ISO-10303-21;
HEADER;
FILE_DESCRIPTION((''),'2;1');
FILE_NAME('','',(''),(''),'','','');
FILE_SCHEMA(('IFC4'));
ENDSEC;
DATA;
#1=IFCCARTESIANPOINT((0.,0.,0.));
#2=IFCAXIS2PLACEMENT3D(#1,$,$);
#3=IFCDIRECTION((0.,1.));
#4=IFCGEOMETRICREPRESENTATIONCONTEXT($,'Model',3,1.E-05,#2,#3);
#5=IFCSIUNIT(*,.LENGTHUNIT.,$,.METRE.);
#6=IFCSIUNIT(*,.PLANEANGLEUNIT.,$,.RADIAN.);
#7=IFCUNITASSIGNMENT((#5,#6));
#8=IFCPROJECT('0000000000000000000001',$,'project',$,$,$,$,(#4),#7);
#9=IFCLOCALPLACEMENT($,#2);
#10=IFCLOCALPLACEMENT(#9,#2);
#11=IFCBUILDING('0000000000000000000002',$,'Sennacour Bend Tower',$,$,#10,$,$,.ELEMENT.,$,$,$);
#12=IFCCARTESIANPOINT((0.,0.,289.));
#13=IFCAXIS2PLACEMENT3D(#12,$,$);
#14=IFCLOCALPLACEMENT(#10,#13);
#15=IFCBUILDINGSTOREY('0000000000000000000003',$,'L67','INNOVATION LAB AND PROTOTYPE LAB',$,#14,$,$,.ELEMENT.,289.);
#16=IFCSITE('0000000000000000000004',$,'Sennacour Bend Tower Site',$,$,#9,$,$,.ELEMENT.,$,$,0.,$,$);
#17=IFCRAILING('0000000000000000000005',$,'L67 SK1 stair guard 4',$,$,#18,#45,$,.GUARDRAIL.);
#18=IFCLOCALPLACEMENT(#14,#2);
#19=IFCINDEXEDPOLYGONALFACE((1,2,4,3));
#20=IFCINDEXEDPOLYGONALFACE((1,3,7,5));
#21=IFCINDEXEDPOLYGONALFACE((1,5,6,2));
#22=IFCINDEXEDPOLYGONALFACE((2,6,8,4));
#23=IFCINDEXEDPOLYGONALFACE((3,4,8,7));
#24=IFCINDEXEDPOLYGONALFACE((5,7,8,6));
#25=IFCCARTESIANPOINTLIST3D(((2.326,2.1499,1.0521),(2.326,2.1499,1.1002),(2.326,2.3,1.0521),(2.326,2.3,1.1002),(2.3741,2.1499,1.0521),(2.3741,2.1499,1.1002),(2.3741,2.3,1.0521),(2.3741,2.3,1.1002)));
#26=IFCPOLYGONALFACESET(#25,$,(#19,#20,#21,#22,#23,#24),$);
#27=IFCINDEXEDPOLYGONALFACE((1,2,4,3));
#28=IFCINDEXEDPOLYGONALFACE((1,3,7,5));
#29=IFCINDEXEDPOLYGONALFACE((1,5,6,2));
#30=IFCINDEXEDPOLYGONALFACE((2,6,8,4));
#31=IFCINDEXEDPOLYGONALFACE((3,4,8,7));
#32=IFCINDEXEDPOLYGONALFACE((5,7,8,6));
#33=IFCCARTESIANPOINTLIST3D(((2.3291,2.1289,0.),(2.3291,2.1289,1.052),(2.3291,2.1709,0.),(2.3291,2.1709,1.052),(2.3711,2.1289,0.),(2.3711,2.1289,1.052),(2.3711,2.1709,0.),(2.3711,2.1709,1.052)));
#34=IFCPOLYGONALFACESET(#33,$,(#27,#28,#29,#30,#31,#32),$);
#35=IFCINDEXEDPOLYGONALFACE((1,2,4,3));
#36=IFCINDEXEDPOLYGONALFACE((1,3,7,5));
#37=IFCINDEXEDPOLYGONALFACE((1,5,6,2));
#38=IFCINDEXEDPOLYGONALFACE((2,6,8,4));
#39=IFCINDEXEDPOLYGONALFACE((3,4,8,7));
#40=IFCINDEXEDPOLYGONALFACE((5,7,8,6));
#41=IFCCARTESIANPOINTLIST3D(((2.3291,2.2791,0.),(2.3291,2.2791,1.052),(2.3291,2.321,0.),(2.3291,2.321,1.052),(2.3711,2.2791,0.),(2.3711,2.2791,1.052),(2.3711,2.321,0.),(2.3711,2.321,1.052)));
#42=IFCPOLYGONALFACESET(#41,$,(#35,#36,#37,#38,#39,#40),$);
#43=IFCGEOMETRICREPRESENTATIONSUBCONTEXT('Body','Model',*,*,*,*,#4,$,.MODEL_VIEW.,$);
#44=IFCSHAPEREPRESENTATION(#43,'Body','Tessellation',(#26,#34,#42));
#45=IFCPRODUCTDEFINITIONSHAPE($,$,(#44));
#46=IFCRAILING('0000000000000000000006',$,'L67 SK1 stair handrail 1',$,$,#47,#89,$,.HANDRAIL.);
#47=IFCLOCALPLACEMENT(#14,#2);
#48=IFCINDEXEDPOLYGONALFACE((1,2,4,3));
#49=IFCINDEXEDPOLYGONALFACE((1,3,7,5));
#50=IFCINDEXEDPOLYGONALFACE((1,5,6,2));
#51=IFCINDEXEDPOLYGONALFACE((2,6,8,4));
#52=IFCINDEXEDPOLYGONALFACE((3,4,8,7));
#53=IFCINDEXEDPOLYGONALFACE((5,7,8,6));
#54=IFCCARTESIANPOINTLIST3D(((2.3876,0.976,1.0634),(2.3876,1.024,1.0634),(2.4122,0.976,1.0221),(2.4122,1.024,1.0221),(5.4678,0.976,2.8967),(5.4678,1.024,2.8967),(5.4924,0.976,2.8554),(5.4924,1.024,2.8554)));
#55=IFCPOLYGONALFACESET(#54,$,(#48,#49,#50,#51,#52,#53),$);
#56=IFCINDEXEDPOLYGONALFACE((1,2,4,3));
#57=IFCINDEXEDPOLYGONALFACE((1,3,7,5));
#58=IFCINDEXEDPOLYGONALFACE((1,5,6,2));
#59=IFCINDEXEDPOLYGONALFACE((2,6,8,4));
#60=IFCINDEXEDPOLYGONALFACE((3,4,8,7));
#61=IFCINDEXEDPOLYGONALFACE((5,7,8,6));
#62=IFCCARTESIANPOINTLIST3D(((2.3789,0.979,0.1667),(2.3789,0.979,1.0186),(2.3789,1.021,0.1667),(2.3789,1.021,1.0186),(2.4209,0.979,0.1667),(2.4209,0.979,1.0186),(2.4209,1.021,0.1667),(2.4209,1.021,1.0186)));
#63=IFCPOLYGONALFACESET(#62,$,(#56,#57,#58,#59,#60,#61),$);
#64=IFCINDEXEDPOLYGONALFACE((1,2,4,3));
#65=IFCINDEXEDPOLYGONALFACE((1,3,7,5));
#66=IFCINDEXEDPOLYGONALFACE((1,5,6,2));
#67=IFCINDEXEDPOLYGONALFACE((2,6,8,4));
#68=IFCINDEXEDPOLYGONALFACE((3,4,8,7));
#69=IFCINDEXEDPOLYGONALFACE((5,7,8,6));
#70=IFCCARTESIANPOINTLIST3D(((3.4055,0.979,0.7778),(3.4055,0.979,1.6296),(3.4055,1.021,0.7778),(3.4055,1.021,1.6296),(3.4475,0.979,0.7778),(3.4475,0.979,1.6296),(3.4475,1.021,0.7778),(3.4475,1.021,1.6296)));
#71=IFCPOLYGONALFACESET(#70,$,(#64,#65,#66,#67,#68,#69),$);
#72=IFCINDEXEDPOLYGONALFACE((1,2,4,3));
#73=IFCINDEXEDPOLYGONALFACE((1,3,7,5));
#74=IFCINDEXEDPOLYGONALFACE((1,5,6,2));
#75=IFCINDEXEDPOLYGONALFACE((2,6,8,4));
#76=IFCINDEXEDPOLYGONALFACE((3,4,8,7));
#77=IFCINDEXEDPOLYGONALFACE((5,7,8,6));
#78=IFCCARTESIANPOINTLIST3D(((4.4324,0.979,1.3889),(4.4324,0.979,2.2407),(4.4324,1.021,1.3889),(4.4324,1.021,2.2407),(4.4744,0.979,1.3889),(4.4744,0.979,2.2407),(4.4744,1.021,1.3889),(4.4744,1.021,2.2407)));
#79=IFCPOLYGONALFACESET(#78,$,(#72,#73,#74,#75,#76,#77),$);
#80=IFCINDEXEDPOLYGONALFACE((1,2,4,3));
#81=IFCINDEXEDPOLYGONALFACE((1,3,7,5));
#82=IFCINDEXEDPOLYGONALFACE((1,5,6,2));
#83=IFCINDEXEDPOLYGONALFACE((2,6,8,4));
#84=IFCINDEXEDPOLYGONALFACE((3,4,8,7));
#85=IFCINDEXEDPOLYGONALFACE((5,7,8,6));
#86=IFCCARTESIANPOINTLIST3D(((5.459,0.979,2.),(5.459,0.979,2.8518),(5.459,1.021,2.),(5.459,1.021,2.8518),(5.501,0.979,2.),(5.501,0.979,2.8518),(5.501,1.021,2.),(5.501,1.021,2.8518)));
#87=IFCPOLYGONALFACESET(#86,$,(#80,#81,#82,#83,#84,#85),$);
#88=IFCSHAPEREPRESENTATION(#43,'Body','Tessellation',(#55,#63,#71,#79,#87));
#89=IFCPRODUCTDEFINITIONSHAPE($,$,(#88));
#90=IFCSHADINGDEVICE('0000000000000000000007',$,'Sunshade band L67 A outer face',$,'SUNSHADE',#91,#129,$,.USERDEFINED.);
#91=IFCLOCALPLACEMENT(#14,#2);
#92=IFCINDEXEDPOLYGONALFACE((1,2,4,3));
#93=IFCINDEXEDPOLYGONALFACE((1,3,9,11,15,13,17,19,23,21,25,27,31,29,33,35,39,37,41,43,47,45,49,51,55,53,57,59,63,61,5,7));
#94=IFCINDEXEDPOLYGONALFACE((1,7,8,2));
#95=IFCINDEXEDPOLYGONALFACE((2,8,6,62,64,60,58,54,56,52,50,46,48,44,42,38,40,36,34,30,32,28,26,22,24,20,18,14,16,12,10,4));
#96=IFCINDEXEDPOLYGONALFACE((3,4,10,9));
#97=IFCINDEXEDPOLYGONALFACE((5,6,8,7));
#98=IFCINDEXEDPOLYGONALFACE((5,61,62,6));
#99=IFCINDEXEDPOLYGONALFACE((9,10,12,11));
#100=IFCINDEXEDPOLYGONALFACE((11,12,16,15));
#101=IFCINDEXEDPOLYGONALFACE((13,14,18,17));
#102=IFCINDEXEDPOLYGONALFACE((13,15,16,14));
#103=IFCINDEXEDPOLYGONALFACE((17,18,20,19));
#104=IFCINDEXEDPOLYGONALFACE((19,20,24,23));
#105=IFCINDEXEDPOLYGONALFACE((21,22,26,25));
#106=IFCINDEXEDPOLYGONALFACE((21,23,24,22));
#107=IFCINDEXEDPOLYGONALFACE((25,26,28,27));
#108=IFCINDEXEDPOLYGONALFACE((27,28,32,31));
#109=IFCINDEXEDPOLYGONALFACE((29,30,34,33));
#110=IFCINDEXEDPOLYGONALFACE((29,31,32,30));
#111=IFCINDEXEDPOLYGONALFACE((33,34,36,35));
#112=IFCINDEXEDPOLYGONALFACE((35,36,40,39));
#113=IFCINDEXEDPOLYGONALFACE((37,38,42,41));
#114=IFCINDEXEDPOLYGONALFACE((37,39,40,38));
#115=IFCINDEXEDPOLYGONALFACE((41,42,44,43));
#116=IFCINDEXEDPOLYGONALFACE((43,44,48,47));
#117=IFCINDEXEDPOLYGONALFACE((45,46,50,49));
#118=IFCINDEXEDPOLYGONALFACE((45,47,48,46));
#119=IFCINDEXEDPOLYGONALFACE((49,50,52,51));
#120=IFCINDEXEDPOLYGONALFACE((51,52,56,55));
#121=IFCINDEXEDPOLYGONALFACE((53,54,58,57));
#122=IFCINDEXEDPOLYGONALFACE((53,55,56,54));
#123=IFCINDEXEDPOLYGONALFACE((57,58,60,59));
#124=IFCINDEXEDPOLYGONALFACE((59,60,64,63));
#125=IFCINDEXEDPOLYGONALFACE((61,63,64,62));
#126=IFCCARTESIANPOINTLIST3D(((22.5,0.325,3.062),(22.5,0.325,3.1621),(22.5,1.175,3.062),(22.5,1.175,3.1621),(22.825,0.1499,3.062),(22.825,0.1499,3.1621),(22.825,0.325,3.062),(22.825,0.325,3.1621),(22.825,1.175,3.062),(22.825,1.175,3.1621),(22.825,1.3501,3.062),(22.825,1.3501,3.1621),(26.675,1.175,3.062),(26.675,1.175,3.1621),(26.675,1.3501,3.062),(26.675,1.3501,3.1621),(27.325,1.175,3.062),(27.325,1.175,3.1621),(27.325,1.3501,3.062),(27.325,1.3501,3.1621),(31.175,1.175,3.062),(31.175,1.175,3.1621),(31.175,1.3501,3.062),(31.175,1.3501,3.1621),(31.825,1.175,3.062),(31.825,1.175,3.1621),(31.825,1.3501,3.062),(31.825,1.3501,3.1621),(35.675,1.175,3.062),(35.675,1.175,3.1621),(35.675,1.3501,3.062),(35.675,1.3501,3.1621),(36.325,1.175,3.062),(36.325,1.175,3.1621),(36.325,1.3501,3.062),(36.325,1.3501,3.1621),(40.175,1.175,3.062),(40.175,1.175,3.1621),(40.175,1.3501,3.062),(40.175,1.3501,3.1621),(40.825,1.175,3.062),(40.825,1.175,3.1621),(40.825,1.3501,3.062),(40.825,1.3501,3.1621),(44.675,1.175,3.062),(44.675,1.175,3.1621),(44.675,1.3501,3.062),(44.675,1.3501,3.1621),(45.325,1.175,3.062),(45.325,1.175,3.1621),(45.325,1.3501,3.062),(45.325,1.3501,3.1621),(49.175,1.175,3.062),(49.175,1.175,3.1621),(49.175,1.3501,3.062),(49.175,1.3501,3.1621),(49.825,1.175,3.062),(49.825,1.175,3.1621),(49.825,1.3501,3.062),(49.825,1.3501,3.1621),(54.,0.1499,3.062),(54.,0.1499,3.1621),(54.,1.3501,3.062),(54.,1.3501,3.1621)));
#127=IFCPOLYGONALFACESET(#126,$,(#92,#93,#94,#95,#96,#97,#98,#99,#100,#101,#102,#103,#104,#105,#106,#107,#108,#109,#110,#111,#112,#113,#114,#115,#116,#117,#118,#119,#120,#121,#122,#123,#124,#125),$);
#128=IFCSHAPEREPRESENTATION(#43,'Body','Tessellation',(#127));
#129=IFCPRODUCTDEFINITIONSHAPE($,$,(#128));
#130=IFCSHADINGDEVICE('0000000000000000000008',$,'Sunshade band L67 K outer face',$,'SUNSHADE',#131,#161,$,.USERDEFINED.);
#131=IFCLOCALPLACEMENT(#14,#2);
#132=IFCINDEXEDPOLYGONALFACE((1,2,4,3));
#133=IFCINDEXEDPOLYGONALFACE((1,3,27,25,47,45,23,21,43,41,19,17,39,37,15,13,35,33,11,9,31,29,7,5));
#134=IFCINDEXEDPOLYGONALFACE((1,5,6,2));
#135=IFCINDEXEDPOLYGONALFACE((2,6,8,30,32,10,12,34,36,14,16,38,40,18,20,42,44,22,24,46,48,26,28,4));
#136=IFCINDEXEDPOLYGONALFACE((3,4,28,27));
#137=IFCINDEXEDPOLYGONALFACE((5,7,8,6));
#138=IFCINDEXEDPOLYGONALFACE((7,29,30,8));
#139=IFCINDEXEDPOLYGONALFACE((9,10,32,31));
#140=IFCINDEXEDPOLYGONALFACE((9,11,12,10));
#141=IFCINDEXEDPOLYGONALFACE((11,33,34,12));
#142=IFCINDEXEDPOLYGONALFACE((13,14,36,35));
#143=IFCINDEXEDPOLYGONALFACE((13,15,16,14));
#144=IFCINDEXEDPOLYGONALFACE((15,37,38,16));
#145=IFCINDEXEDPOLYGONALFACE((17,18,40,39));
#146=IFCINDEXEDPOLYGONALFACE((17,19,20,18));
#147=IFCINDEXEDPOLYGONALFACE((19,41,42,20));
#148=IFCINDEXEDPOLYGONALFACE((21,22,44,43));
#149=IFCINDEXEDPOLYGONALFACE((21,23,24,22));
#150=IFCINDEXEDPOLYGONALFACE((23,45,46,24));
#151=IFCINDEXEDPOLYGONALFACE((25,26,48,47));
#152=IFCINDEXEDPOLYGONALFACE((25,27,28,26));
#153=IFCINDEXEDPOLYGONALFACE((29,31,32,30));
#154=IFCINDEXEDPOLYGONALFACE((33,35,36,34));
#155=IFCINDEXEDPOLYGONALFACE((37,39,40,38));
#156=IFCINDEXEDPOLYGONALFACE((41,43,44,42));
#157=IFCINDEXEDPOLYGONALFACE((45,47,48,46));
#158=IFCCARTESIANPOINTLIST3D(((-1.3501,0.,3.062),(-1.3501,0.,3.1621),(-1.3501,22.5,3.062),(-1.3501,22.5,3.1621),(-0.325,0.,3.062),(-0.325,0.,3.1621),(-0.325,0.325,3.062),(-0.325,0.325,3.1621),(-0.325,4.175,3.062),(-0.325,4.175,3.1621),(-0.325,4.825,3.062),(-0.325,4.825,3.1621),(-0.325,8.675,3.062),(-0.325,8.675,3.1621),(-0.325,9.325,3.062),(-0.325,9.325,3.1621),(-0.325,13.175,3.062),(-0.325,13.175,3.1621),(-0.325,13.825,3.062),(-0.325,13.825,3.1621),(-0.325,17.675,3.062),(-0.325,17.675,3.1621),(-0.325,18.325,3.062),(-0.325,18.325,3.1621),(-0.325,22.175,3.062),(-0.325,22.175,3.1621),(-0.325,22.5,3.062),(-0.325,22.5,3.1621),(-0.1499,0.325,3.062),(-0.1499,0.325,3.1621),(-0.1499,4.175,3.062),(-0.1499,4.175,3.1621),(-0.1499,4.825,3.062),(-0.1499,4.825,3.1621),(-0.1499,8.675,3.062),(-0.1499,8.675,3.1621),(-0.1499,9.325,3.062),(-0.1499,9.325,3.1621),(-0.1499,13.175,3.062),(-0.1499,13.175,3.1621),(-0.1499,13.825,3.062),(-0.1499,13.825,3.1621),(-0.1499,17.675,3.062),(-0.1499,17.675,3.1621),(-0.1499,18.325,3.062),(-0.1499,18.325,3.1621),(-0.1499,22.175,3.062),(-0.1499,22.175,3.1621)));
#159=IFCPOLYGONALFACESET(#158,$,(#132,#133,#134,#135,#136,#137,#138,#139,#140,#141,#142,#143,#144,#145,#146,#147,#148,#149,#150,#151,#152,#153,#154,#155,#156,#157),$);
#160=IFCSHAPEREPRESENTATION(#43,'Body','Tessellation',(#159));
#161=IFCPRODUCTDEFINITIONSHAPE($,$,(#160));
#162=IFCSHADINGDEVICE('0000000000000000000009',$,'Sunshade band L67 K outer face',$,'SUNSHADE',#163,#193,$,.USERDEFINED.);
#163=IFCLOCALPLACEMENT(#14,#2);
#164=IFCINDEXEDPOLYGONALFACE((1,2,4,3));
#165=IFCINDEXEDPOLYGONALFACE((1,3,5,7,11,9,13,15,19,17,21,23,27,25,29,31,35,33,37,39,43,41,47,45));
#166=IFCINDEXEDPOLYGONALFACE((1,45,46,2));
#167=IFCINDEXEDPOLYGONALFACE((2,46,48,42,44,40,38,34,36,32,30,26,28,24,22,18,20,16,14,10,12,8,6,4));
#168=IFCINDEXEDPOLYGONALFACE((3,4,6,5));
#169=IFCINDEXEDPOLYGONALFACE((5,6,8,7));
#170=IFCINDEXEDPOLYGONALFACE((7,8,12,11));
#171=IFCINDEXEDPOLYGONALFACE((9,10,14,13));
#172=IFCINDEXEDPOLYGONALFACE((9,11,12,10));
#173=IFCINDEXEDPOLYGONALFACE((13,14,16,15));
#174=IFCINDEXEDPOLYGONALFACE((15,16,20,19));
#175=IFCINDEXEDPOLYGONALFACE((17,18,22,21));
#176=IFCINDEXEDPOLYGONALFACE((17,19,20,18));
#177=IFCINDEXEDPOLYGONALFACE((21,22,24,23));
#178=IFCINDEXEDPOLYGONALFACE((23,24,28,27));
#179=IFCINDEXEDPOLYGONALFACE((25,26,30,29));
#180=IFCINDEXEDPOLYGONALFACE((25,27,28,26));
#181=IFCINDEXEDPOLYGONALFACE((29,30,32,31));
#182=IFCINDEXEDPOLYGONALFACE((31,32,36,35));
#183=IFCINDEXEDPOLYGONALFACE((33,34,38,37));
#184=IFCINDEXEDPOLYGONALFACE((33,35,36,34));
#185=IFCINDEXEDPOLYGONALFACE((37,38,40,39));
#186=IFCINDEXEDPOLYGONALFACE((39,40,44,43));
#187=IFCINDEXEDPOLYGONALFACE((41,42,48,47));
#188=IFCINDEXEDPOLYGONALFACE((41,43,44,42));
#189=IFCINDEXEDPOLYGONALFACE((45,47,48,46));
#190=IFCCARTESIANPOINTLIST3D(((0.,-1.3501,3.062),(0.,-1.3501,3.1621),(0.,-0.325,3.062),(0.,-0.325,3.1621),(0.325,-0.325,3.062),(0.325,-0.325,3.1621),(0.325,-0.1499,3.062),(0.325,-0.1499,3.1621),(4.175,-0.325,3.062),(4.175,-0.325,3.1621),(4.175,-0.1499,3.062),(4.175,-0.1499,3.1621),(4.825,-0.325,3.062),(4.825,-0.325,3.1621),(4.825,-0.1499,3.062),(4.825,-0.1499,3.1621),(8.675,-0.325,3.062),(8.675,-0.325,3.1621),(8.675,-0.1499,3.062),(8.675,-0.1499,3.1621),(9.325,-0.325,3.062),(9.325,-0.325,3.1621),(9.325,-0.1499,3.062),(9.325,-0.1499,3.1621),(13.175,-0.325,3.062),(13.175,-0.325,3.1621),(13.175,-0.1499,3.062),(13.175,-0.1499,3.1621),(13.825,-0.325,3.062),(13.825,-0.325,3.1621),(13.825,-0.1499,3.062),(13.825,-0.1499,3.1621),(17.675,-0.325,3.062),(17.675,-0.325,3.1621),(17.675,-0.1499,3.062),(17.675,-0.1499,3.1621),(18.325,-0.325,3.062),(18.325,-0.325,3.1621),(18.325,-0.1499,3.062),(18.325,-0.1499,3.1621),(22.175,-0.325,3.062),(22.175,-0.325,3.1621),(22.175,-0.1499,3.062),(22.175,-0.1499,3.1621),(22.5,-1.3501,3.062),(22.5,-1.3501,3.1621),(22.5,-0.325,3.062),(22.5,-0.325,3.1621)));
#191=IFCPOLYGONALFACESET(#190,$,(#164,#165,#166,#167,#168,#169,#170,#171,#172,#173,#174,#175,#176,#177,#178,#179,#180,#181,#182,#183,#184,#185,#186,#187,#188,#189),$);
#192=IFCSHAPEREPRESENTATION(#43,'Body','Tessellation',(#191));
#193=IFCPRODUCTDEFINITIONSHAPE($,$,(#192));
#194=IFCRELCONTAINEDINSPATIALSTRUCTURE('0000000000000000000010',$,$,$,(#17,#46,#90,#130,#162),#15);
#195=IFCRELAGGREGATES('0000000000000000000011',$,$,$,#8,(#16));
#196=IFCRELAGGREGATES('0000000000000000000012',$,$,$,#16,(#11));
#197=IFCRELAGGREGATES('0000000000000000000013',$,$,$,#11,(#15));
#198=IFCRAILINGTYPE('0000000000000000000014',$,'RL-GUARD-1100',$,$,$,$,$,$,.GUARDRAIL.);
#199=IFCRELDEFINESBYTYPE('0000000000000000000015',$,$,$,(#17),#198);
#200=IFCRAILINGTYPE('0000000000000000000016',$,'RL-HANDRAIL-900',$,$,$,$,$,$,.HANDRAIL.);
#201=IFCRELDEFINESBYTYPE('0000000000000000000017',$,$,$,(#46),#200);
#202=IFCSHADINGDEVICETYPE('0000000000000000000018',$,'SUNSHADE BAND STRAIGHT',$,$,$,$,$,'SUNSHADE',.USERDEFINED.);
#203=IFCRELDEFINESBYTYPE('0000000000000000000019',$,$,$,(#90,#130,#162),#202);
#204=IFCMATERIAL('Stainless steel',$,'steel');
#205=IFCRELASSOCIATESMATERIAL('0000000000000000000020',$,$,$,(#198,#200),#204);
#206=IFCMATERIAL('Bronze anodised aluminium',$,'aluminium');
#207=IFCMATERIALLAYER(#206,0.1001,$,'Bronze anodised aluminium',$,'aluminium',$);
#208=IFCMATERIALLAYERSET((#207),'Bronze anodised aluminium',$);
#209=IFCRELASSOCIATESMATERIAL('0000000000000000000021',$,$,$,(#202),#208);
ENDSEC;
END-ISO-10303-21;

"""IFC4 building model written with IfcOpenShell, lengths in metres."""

from ifc_helpers import new_model, si_unit, direction, frame, origin, origin_2d, place, context, subcontext, project, spatial, polyline, rectangle, outline, extrude, material, layer, layer_set, type_object, element, save


model = new_model("IFC4")

# Units and contexts
model_context = context("Model", 3, precision=1e-05, world=origin(), true_north=direction((0.0, 1.0)))
body_context = subcontext(model_context, "Body", "Model", "MODEL_VIEW")
ifc_project = project(units=[si_unit("LENGTHUNIT", "METRE"), si_unit("PLANEANGLEUNIT", "RADIAN")], contexts=[model_context])

# Site, building, storey
site_placement = place(None, origin())
site = spatial("IfcSite", under=ifc_project, at=site_placement, Name="Sennacour Bend Tower Site", CompositionType="ELEMENT", RefElevation=0.0)
building_placement = place(site_placement, origin())
building = spatial("IfcBuilding", under=site, at=building_placement, Name="Sennacour Bend Tower", CompositionType="ELEMENT")
storey_placement = place(building_placement, frame((0.0, 0.0, 289.0)))
storey = spatial("IfcBuildingStorey", under=building, at=storey_placement, Name="L67", Description="INNOVATION LAB AND PROTOTYPE LAB", CompositionType="ELEMENT", Elevation=289.0)

# Railings
ifc_material_1 = material(Name="Stainless steel", Category="steel")
railing_type_1 = type_object("IfcRailingType", Name="RL-GUARD-1100", PredefinedType="GUARDRAIL", material=ifc_material_1)
railing_1_placement = place(storey_placement, frame((2.3501, 2.1499, 0.0)))
element("IfcRailing", 1, at=railing_1_placement, inside=storey, type_object=railing_type_1, Name="L67 SK1 stair guard 4", PredefinedType="GUARDRAIL", context=body_context, shape_type="SweptSolid", body=[
    extrude(rectangle(XDim=0.0481, YDim=0.0481, at=origin_2d()), frame((0.0, 0.0, 1.0762), z_axis=(0.0, 1.0, 0.0), x_axis=(-1.0, 0.0, 0.0)), (0.0, 0.0, 1.0), 0.1501),
    extrude(rectangle(XDim=0.042, YDim=0.042, at=origin_2d()), origin(), (0.0, 0.0, 1.0), 1.052),
    extrude(rectangle(XDim=0.042, YDim=0.042, at=origin_2d()), frame((0.0, 0.1501, 0.0)), (0.0, 0.0, 1.0), 1.052),
])
railing_type_2 = type_object("IfcRailingType", Name="RL-HANDRAIL-900", PredefinedType="HANDRAIL", material=ifc_material_1)
railing_2_placement = place(storey_placement, frame((2.3999, 1.0, 0.1667)))
element("IfcRailing", 2, at=railing_2_placement, inside=storey, type_object=railing_type_2, Name="L67 SK1 stair handrail 1", PredefinedType="HANDRAIL", context=body_context, shape_type="SweptSolid", body=[
    extrude(rectangle(XDim=0.0481, YDim=0.0481, at=origin_2d()), frame((0.0, 0.0, 0.876), z_axis=(0.859309, 0.0, 0.511458), x_axis=(0.0, 1.0, 0.0)), (0.0, 0.0, 1.0), 3.5845),
    extrude(rectangle(XDim=0.042, YDim=0.042, at=origin_2d()), origin(), (0.0, 0.0, 1.0), 0.8518),
    extrude(rectangle(XDim=0.042, YDim=0.042, at=origin_2d()), frame((1.0266, 0.0, 0.6111)), (0.0, 0.0, 1.0), 0.8518),
    extrude(rectangle(XDim=0.042, YDim=0.042, at=origin_2d()), frame((2.0535, 0.0, 1.2222)), (0.0, 0.0, 1.0), 0.8518),
    extrude(rectangle(XDim=0.042, YDim=0.042, at=origin_2d()), frame((3.0801, 0.0, 1.8333)), (0.0, 0.0, 1.0), 0.8518),
])

# Shading devices
ifc_material_2 = material(Name="Bronze anodised aluminium", Category="aluminium")
ifc_layer_1 = layer(ifc_material_2, 0.1001, Name="Bronze anodised aluminium", Category="aluminium")
ifc_layer_set_1 = layer_set([ifc_layer_1], Name="Bronze anodised aluminium")
shading_device_type_1 = type_object("IfcShadingDeviceType", Name="SUNSHADE BAND STRAIGHT", ElementType="SUNSHADE", PredefinedType="USERDEFINED", material=ifc_layer_set_1)
shading_device_1_placement = place(storey_placement, frame((0.0, 0.0, 3.062)))
element("IfcShadingDevice", 3, at=shading_device_1_placement, inside=storey, type_object=shading_device_type_1, Name="Sunshade band L67 A outer face", ObjectType="SUNSHADE", PredefinedType="USERDEFINED", context=body_context, shape_type="SweptSolid", body=[
    extrude(outline(polyline([(26.675, 1.3501), (26.675, 1.175), (27.325, 1.175), (27.325, 1.3501), (31.175, 1.3501), (31.175, 1.175), (31.825, 1.175), (31.825, 1.3501), (35.675, 1.3501), (35.675, 1.175), (36.325, 1.175), (36.325, 1.3501), (40.175, 1.3501), (40.175, 1.175), (40.825, 1.175), (40.825, 1.3501), (44.675, 1.3501), (44.675, 1.175), (45.325, 1.175), (45.325, 1.3501), (49.175, 1.3501), (49.175, 1.175), (49.825, 1.175), (49.825, 1.3501), (54.0, 1.3501), (54.0, 0.1499), (22.825, 0.1499), (22.825, 0.325), (22.5, 0.325), (22.5, 1.175), (22.825, 1.175), (22.825, 1.3501), (26.675, 1.3501)])), origin(), (0.0, 0.0, 1.0), 0.1001),
])
shading_device_2_placement = place(storey_placement, frame((0.0, 0.0, 3.062)))
element("IfcShadingDevice", 4, at=shading_device_2_placement, inside=storey, type_object=shading_device_type_1, Name="Sunshade band L67 K outer face", ObjectType="SUNSHADE", PredefinedType="USERDEFINED", context=body_context, shape_type="SweptSolid", body=[
    extrude(outline(polyline([(-0.1499, 18.325), (-0.325, 18.325), (-0.325, 17.675), (-0.1499, 17.675), (-0.1499, 13.825), (-0.325, 13.825), (-0.325, 13.175), (-0.1499, 13.175), (-0.1499, 9.325), (-0.325, 9.325), (-0.325, 8.675), (-0.1499, 8.675), (-0.1499, 4.825), (-0.325, 4.825), (-0.325, 4.175), (-0.1499, 4.175), (-0.1499, 0.325), (-0.325, 0.325), (-0.325, 0.0), (-1.3501, 0.0), (-1.3501, 22.5), (-0.325, 22.5), (-0.325, 22.175), (-0.1499, 22.175), (-0.1499, 18.325)])), origin(), (0.0, 0.0, 1.0), 0.1001),
])
shading_device_3_placement = place(storey_placement, frame((0.0, 0.0, 3.062)))
element("IfcShadingDevice", 5, at=shading_device_3_placement, inside=storey, type_object=shading_device_type_1, Name="Sunshade band L67 K outer face", ObjectType="SUNSHADE", PredefinedType="USERDEFINED", context=body_context, shape_type="SweptSolid", body=[
    extrude(outline(polyline([(4.175, -0.1499), (4.175, -0.325), (4.825, -0.325), (4.825, -0.1499), (8.675, -0.1499), (8.675, -0.325), (9.325, -0.325), (9.325, -0.1499), (13.175, -0.1499), (13.175, -0.325), (13.825, -0.325), (13.825, -0.1499), (17.675, -0.1499), (17.675, -0.325), (18.325, -0.325), (18.325, -0.1499), (22.175, -0.1499), (22.175, -0.325), (22.5, -0.325), (22.5, -1.3501), (0.0, -1.3501), (0.0, -0.325), (0.325, -0.325), (0.325, -0.1499), (4.175, -0.1499)])), origin(), (0.0, 0.0, 1.0), 0.1001),
])

save(model, "model.ifc")
